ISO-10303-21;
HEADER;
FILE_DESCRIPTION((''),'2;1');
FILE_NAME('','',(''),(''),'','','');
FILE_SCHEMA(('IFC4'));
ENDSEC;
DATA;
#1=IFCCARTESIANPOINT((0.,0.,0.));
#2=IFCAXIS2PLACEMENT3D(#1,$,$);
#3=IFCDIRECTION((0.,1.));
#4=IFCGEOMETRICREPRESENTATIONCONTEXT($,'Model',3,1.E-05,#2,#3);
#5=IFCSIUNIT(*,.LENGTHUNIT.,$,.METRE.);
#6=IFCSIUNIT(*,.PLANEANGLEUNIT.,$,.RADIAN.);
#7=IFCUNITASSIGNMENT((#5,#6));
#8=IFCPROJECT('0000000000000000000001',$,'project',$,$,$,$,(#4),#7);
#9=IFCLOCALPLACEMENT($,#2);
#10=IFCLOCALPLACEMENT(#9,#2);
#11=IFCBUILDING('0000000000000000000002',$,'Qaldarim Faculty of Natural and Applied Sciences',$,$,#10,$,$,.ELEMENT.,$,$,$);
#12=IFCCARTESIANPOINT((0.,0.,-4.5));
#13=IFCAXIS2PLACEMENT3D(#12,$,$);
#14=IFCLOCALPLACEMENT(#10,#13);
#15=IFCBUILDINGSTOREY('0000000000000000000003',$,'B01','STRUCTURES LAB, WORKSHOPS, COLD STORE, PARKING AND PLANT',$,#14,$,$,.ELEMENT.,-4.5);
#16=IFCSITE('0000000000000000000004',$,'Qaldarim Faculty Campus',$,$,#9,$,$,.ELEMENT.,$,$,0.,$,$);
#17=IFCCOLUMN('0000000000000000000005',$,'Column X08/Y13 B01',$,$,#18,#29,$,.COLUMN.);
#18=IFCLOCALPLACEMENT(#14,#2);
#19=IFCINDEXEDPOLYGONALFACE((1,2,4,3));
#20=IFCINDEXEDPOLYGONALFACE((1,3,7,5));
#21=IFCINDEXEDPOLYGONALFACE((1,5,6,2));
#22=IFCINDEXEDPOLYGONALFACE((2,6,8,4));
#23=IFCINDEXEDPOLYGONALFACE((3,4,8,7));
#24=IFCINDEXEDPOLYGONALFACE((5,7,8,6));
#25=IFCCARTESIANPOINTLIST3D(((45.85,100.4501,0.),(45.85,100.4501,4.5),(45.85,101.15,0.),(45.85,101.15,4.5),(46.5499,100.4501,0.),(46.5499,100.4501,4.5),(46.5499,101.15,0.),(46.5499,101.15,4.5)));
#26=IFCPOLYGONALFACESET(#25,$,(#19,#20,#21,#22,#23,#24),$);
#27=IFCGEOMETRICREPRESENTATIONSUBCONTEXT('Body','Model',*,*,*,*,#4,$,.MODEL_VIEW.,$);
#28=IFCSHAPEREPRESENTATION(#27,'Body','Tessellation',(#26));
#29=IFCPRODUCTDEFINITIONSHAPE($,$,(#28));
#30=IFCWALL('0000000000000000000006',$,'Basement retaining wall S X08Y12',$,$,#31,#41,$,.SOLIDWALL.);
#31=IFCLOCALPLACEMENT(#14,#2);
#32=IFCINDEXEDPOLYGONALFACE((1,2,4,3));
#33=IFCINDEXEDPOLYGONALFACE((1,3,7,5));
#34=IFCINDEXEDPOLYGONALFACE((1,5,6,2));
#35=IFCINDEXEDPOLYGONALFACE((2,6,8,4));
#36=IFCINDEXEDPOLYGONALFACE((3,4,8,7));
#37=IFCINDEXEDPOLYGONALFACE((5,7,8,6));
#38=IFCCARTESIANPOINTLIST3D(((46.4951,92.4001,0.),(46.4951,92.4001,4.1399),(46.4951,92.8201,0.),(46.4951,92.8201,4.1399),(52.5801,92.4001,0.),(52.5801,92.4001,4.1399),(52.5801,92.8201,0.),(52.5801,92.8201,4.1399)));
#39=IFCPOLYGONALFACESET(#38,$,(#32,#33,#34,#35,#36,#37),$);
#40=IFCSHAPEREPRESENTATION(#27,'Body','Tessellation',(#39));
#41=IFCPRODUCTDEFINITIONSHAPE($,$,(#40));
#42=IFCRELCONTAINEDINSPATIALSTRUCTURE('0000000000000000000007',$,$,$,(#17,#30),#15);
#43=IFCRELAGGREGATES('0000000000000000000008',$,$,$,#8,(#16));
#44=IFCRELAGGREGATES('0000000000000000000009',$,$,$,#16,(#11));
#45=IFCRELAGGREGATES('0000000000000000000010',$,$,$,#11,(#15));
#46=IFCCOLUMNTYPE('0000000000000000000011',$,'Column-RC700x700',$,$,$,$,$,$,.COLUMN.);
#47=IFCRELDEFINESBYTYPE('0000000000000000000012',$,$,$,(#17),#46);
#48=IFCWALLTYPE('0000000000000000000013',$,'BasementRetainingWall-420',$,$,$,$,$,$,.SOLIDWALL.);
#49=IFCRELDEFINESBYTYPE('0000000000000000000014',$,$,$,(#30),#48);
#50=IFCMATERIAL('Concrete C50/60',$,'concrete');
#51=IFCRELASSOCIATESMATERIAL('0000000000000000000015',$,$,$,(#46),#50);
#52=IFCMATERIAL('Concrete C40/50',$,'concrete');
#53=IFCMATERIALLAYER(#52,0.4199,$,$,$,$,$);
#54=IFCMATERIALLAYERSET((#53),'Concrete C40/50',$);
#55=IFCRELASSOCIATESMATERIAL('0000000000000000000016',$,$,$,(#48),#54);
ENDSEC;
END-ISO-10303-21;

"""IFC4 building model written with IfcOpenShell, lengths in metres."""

from ifc_helpers import new_model, si_unit, direction, frame, frame_2d, origin, origin_2d, place, context, subcontext, project, spatial, rectangle, extrude, material, layer, layer_set, material_profile, profile_set, type_object, element, save


model = new_model("IFC4")

# Units and contexts
model_context = context("Model", 3, precision=1e-05, world=origin(), true_north=direction((0.0, 1.0)))
body_context = subcontext(model_context, "Body", "Model", "MODEL_VIEW")
ifc_project = project(units=[si_unit("LENGTHUNIT", "METRE"), si_unit("PLANEANGLEUNIT", "RADIAN")], contexts=[model_context])

# Site, building, storey
site_placement = place(None, origin())
site = spatial("IfcSite", under=ifc_project, at=site_placement, Name="Qaldarim Faculty Campus", CompositionType="ELEMENT", RefElevation=0.0)
building_placement = place(site_placement, origin())
building = spatial("IfcBuilding", under=site, at=building_placement, Name="Qaldarim Faculty of Natural and Applied Sciences", CompositionType="ELEMENT")
storey_placement = place(building_placement, frame((0.0, 0.0, -4.5)))
storey = spatial("IfcBuildingStorey", under=building, at=storey_placement, Name="B01", Description="STRUCTURES LAB, WORKSHOPS, COLD STORE, PARKING AND PLANT", CompositionType="ELEMENT", Elevation=-4.5)

# Shared definitions
ifc_material_1 = material(Name="Concrete C40/50", Category="concrete")

# Column
ifc_material_2 = material(Name="Concrete C50/60", Category="concrete")
ifc_material_profile_1 = material_profile(ifc_material_2, rectangle(XDim=0.7, YDim=0.7, at=origin_2d()), Name="RC-C700x700")
ifc_profile_set_1 = profile_set([ifc_material_profile_1], Name="Concrete C50/60")
column_type_1 = type_object("IfcColumnType", Name="Column-RC700x700", PredefinedType="COLUMN", material=ifc_profile_set_1)
for number, where, z_axis, x_axis, name in (
    (1, (46.2, 100.8, 0.0), (0.0, 0.0, 1.0), (1.0, 0.0, 0.0), "Column X08/Y13 B01"),
):
    element("IfcColumn", number, at=place(storey_placement, frame(where, z_axis=z_axis, x_axis=x_axis)), inside=storey, type_object=column_type_1, Name=name, PredefinedType="COLUMN", context=body_context, shape_type="SweptSolid", body=[
        extrude(rectangle(XDim=0.7, YDim=0.7, at=origin_2d()), origin(), (0.0, 0.0, 1.0), 4.5),
    ])

# Wall
ifc_layer_1 = layer(ifc_material_1, 0.4199)
ifc_layer_set_1 = layer_set([ifc_layer_1], Name="Concrete C40/50")
wall_type = type_object("IfcWallType", Name="BasementRetainingWall-420", PredefinedType="SOLIDWALL", material=ifc_layer_set_1)
wall_placement = place(storey_placement, frame((46.4951, 92.6101, 0.0), z_axis=(0.0, 0.0, 1.0), x_axis=(1.0, 0.0, 0.0)))
element("IfcWall", 2, at=wall_placement, inside=storey, type_object=wall_type, Name="Basement retaining wall S X08Y12", PredefinedType="SOLIDWALL", context=body_context, shape_type="SweptSolid", body=[
    extrude(rectangle(XDim=6.085, YDim=0.4199, at=frame_2d((3.0425, 0.0))), origin(), (0.0, 0.0, 1.0), 4.1399),
])

save(model, "model.ifc")
